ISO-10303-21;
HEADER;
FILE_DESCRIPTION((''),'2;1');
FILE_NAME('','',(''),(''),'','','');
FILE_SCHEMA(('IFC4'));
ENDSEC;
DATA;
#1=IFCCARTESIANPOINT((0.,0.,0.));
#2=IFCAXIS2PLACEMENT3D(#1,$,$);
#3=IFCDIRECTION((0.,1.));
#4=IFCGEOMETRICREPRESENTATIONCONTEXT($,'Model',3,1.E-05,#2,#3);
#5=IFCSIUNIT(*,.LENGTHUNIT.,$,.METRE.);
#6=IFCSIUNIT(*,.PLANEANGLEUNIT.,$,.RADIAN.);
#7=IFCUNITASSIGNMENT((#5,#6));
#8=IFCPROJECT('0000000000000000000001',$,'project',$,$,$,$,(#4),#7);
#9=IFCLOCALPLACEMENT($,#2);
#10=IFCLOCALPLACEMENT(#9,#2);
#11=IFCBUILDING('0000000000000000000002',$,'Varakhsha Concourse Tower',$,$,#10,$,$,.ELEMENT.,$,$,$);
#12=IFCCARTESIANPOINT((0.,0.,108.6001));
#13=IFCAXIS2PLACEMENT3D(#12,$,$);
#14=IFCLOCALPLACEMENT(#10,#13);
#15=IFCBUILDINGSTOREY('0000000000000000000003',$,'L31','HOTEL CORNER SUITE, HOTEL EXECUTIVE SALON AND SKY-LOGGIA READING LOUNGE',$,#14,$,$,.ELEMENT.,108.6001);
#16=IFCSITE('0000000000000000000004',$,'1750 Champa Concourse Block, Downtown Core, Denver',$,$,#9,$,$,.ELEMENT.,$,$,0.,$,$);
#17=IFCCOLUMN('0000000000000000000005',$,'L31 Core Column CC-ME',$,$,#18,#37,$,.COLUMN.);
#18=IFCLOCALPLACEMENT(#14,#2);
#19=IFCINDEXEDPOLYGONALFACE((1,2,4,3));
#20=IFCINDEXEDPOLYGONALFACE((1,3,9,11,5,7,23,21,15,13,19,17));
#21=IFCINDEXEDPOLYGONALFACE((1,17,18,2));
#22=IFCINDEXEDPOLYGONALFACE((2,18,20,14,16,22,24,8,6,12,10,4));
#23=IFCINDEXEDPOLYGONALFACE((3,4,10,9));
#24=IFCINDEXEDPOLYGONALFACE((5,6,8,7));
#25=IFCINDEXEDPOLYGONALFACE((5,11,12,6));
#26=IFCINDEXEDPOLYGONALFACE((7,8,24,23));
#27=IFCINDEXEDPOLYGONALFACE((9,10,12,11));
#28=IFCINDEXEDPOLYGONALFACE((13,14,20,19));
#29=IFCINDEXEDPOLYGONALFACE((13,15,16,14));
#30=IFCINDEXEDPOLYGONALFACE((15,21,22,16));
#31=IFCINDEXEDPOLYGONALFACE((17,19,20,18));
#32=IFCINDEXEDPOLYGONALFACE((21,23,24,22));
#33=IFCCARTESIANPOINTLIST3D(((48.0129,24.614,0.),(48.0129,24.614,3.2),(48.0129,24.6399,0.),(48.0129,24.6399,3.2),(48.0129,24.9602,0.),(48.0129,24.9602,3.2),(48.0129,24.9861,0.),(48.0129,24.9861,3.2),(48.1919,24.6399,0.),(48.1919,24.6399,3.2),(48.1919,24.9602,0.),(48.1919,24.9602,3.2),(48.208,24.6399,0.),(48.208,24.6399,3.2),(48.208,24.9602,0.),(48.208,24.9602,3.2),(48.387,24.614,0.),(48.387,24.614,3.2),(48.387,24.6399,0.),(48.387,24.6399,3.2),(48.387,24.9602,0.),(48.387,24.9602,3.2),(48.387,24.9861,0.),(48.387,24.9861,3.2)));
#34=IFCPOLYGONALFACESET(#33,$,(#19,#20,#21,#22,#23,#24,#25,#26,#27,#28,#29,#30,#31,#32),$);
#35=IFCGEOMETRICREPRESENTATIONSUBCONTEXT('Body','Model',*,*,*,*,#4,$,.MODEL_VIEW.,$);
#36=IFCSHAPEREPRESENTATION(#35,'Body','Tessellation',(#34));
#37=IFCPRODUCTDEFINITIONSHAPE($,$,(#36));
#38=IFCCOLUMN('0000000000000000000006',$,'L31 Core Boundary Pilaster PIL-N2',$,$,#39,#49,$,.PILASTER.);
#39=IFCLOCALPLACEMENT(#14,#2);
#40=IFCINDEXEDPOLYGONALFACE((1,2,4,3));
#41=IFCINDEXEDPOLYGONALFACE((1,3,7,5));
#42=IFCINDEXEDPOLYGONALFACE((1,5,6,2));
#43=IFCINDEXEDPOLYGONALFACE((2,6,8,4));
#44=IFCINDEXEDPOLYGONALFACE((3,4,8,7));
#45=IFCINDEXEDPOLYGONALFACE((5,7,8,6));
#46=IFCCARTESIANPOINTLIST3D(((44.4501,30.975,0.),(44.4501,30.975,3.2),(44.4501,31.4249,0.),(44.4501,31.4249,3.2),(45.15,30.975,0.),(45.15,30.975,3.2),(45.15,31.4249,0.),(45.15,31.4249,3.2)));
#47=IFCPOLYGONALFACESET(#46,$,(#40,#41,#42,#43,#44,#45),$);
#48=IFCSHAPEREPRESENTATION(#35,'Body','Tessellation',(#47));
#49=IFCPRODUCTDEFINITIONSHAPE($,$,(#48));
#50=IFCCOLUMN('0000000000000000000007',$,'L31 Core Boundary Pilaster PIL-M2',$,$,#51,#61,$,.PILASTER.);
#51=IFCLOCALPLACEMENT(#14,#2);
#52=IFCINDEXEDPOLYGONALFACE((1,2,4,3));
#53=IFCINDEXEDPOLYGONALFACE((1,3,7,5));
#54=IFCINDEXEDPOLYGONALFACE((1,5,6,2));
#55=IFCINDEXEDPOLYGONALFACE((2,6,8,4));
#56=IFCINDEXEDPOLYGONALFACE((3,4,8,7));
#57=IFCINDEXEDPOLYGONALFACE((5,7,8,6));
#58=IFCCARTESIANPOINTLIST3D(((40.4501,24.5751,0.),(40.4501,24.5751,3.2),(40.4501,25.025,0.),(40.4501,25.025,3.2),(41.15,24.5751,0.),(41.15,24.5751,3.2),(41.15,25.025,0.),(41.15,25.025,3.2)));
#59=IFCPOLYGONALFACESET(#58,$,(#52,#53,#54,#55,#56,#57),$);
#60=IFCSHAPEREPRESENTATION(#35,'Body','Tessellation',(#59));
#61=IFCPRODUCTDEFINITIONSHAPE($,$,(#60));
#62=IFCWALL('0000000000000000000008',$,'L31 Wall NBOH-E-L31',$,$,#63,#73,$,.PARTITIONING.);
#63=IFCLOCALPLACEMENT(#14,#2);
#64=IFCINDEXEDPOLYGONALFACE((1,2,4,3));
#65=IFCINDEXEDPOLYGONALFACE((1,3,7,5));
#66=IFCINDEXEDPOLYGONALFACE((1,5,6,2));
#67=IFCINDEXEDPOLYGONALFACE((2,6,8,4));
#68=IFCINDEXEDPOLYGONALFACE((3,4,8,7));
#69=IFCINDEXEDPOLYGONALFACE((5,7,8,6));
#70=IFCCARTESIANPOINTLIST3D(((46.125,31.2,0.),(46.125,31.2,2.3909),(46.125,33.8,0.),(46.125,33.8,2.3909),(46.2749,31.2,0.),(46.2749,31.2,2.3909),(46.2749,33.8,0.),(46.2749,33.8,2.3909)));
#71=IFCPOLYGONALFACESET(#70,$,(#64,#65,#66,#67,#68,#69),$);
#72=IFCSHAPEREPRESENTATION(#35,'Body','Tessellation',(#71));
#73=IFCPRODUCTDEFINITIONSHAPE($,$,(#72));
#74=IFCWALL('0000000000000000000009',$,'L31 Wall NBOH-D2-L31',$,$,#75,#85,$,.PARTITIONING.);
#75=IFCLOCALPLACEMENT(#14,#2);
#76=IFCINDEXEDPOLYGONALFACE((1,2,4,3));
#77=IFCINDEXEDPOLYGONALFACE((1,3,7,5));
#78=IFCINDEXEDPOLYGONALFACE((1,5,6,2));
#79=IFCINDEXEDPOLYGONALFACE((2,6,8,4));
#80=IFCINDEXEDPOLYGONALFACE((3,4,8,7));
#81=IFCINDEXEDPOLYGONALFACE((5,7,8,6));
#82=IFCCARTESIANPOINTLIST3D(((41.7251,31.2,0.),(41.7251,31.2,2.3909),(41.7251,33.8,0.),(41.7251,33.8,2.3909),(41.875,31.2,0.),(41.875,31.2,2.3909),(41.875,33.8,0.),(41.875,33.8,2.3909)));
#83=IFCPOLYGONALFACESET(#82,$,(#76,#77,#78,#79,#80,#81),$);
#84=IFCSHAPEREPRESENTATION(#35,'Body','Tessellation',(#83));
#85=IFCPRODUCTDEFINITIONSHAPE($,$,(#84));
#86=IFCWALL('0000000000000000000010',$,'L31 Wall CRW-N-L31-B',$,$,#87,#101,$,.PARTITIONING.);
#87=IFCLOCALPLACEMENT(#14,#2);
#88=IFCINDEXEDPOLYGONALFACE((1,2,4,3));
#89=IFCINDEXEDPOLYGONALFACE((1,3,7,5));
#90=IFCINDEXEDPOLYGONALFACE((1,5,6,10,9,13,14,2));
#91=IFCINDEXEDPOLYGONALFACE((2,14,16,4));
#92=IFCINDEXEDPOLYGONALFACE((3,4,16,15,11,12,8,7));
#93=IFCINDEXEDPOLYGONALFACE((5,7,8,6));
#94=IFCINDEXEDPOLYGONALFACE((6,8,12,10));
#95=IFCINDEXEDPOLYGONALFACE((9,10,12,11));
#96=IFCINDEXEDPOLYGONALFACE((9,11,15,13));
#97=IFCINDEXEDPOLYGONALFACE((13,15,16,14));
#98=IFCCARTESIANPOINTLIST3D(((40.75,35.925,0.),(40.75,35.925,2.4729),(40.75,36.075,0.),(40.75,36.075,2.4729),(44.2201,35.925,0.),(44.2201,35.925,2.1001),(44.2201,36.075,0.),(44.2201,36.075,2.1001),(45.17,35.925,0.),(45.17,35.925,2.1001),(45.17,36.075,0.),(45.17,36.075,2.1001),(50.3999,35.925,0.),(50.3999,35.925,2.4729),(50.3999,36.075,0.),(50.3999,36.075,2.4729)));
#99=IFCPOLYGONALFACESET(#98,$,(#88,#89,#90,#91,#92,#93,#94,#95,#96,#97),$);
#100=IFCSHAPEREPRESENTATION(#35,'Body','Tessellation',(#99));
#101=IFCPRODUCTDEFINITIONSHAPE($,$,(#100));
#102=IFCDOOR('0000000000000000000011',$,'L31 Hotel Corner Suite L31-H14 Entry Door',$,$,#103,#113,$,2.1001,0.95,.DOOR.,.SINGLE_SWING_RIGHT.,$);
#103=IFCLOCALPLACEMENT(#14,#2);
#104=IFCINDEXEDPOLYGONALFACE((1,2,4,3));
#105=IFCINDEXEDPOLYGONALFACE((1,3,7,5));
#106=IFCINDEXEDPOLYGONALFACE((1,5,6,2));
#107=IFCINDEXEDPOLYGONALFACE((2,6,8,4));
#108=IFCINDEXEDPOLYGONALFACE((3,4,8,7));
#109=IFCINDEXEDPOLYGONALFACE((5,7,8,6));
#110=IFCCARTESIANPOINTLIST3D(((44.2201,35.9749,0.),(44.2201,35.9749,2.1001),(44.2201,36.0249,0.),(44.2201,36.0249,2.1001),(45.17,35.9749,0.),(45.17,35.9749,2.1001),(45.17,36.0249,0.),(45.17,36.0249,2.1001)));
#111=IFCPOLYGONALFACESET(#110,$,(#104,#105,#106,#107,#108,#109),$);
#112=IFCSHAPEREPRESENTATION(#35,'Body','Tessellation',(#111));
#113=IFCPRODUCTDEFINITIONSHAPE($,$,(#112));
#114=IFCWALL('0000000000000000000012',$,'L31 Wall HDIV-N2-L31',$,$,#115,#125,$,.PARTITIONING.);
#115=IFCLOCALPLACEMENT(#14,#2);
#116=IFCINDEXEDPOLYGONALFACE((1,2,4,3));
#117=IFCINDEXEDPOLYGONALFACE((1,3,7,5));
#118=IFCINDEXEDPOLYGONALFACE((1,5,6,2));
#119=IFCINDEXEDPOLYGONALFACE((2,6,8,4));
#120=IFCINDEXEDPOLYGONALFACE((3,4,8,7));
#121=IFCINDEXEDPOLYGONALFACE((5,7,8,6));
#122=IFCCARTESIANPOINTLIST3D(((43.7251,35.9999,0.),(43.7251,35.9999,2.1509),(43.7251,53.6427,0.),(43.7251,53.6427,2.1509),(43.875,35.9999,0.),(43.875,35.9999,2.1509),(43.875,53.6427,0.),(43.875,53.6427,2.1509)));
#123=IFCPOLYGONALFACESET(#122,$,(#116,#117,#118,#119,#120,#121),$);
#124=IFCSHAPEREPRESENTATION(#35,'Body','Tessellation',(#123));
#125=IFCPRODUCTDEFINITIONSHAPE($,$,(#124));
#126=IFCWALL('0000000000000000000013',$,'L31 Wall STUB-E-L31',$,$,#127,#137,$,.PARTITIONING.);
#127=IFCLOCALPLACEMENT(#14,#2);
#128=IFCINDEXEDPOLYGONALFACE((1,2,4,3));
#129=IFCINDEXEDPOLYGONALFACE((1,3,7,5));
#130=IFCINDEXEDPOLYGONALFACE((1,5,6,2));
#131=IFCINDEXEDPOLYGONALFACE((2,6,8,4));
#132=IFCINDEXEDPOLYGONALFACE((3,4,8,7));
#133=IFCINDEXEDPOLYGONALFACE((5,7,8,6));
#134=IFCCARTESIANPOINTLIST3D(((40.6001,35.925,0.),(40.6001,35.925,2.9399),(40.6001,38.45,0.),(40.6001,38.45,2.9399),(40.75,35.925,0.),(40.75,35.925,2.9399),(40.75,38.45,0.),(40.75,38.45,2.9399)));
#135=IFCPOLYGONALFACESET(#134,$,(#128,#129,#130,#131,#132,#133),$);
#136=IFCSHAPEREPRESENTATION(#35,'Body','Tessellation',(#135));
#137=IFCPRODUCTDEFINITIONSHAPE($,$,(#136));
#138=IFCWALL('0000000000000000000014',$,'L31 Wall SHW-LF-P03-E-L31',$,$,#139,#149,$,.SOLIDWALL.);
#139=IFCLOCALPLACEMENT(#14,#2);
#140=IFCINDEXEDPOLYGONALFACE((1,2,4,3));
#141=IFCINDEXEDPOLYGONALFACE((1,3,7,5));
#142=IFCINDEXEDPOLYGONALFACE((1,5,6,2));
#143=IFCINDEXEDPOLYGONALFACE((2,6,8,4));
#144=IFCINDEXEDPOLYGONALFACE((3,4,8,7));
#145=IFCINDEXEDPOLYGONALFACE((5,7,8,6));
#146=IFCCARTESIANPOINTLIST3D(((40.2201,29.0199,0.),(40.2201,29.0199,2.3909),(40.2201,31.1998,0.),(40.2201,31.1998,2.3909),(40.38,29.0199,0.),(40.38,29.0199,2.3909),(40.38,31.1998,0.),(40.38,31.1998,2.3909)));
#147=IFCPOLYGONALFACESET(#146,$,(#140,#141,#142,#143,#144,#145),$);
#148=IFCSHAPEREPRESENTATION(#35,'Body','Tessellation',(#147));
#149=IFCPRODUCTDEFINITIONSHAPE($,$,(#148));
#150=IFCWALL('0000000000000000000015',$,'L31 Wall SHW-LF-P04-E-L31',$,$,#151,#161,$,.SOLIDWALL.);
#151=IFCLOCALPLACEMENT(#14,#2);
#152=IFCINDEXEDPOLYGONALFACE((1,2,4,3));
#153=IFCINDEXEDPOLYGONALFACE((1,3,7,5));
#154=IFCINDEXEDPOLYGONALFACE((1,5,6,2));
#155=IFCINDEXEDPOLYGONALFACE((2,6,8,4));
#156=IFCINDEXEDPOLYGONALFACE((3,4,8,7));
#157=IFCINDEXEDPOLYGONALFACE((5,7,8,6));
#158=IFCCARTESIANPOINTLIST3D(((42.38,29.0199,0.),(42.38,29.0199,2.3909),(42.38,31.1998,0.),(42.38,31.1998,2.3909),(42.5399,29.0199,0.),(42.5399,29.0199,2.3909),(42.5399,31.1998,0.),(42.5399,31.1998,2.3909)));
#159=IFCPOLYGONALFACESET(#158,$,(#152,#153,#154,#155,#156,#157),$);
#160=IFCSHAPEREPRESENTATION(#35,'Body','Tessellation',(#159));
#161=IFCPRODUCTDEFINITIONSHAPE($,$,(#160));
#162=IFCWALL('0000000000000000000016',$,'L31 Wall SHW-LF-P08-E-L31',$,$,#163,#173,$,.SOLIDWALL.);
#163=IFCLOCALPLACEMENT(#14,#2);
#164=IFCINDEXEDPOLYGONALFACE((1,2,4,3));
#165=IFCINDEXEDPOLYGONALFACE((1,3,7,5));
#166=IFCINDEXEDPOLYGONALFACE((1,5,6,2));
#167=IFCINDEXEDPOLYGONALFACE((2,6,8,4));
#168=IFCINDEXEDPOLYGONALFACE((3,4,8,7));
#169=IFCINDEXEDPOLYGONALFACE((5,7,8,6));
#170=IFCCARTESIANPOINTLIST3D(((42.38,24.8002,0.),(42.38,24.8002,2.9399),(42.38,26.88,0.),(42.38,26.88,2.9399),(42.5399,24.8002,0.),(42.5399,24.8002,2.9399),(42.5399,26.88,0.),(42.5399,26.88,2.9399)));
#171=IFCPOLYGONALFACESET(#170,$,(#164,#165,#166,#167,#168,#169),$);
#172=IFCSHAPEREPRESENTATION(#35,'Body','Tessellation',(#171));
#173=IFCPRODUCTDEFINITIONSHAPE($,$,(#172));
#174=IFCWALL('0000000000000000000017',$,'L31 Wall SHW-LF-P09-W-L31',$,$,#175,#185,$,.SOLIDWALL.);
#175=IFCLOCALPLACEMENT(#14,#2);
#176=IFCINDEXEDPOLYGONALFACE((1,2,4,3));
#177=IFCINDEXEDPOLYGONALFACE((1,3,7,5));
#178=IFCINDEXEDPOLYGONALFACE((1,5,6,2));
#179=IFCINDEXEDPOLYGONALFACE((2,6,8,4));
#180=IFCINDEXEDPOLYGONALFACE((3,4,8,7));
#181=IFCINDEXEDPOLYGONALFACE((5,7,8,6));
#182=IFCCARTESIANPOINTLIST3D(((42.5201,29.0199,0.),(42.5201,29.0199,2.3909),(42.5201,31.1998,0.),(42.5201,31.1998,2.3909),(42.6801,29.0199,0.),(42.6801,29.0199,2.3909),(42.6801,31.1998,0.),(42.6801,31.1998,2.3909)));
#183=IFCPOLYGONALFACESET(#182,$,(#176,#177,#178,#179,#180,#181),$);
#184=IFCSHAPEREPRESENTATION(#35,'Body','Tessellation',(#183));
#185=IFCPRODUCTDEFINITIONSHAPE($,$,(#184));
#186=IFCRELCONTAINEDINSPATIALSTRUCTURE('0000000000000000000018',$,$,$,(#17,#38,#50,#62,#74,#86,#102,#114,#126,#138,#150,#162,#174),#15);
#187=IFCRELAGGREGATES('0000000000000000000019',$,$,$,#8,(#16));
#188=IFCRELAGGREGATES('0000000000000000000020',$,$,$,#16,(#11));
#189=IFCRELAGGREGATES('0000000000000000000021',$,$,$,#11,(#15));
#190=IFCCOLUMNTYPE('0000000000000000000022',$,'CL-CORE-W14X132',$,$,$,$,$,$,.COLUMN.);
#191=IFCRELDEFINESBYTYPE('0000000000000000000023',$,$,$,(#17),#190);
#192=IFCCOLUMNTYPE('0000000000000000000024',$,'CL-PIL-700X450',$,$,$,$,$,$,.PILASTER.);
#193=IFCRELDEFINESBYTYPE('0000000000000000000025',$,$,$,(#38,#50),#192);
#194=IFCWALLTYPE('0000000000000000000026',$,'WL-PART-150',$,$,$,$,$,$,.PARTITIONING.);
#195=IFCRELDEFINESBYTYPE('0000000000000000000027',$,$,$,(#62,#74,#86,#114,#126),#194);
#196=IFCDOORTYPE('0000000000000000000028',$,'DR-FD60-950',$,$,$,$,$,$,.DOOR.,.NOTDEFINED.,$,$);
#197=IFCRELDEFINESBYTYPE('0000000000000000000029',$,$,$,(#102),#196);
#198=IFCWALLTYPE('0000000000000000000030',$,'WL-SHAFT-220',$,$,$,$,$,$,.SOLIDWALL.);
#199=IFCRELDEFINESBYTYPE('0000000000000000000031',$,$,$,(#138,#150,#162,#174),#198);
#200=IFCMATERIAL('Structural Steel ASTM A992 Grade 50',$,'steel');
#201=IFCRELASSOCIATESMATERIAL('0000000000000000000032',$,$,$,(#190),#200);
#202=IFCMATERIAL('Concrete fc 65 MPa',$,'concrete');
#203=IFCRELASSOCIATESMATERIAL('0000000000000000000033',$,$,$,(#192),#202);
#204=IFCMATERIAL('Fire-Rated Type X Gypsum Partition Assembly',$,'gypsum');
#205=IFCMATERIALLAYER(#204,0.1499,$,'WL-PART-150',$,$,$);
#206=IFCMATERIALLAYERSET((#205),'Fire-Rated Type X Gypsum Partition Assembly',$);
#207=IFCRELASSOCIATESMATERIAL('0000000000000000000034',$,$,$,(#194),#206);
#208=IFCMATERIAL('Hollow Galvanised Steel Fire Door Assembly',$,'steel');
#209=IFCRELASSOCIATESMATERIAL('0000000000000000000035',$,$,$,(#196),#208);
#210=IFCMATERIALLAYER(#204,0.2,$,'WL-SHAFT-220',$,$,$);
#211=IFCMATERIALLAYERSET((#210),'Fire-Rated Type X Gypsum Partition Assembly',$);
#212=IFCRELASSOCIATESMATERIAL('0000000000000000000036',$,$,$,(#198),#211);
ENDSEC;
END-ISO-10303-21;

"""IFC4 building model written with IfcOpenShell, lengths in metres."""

from ifc_helpers import new_model, si_unit, direction, frame, frame_2d, origin, origin_2d, place, context, subcontext, project, spatial, rectangle, i_section, extrude, material, layer, layer_set, material_profile, profile_set, type_object, element, fill, save


model = new_model("IFC4")

# Units and contexts
model_context = context("Model", 3, precision=1e-05, world=origin(), true_north=direction((0.0, 1.0)))
body_context = subcontext(model_context, "Body", "Model", "MODEL_VIEW")
ifc_project = project(units=[si_unit("LENGTHUNIT", "METRE"), si_unit("PLANEANGLEUNIT", "RADIAN")], contexts=[model_context])

# Site, building, storey
site_placement = place(None, origin())
site = spatial("IfcSite", under=ifc_project, at=site_placement, Name="1750 Champa Concourse Block, Downtown Core, Denver", CompositionType="ELEMENT", RefElevation=0.0)
building_placement = place(site_placement, origin())
building = spatial("IfcBuilding", under=site, at=building_placement, Name="Varakhsha Concourse Tower", CompositionType="ELEMENT")
storey_placement = place(building_placement, frame((0.0, 0.0, 108.6001)))
storey = spatial("IfcBuildingStorey", under=building, at=storey_placement, Name="L31", Description="HOTEL CORNER SUITE, HOTEL EXECUTIVE SALON AND SKY-LOGGIA READING LOUNGE", CompositionType="ELEMENT", Elevation=108.6001)

# Columns
ifc_material_1 = material(Name="Structural Steel ASTM A992 Grade 50", Category="steel")
ifc_material_profile_1 = material_profile(ifc_material_1, i_section(OverallWidth=0.374, OverallDepth=0.3721, WebThickness=0.0161, FlangeThickness=0.0259, at=origin_2d()), Name="W14X132")
ifc_profile_set_1 = profile_set([ifc_material_profile_1], Name="Structural Steel ASTM A992 Grade 50")
column_type_1 = type_object("IfcColumnType", Name="CL-CORE-W14X132", PredefinedType="COLUMN", material=ifc_profile_set_1)
column_placement = place(storey_placement, frame((48.2, 24.8, 0.0), z_axis=(0.0, 0.0, 1.0), x_axis=(1.0, 0.0, 0.0)))
element("IfcColumn", 1, at=column_placement, inside=storey, type_object=column_type_1, Name="L31 Core Column CC-ME", PredefinedType="COLUMN", context=body_context, shape_type="SweptSolid", body=[
    extrude(i_section(OverallWidth=0.374, OverallDepth=0.3721, WebThickness=0.0161, FlangeThickness=0.0259, at=origin_2d()), origin(), (0.0, 0.0, 1.0), 3.2),
])
ifc_material_2 = material(Name="Concrete fc 65 MPa", Category="concrete")
ifc_material_profile_2 = material_profile(ifc_material_2, rectangle(XDim=0.7, YDim=0.45, at=origin_2d()), Name="RC 700x450")
ifc_profile_set_2 = profile_set([ifc_material_profile_2], Name="Concrete fc 65 MPa")
column_type_2 = type_object("IfcColumnType", Name="CL-PIL-700X450", PredefinedType="PILASTER", material=ifc_profile_set_2)
for number, where, z_axis, x_axis, name in (
    (2, (44.8, 31.2, 0.0), (0.0, 0.0, 1.0), (1.0, 0.0, 0.0), "L31 Core Boundary Pilaster PIL-N2"),
    (3, (40.8, 24.8, 0.0), (0.0, 0.0, 1.0), (1.0, 0.0, 0.0), "L31 Core Boundary Pilaster PIL-M2"),
):
    element("IfcColumn", number, at=place(storey_placement, frame(where, z_axis=z_axis, x_axis=x_axis)), inside=storey, type_object=column_type_2, Name=name, PredefinedType="PILASTER", context=body_context, shape_type="SweptSolid", body=[
        extrude(rectangle(XDim=0.7, YDim=0.45, at=origin_2d()), origin(), (0.0, 0.0, 1.0), 3.2),
    ])

# Walls
ifc_material_3 = material(Name="Fire-Rated Type X Gypsum Partition Assembly", Category="gypsum")
ifc_layer_1 = layer(ifc_material_3, 0.1499, Name="WL-PART-150")
ifc_layer_set_1 = layer_set([ifc_layer_1], Name="Fire-Rated Type X Gypsum Partition Assembly")
wall_type_1 = type_object("IfcWallType", Name="WL-PART-150", PredefinedType="PARTITIONING", material=ifc_layer_set_1)
for number, where, z_axis, x_axis, name in (
    (4, (46.2, 31.2, 0.0), (0.0, 0.0, 1.0), (0.0, 1.0, 0.0), "L31 Wall NBOH-E-L31"),
    (5, (41.8, 31.2, 0.0), (0.0, 0.0, 1.0), (0.0, 1.0, 0.0), "L31 Wall NBOH-D2-L31"),
):
    element("IfcWall", number, at=place(storey_placement, frame(where, z_axis=z_axis, x_axis=x_axis)), inside=storey, type_object=wall_type_1, Name=name, PredefinedType="PARTITIONING", context=body_context, shape_type="SweptSolid", body=[
        extrude(rectangle(XDim=2.6001, YDim=0.1499, at=frame_2d((1.3, 0.0))), origin(), (0.0, 0.0, 1.0), 2.3909),
    ])

# Wall, opening, door
wall_1_placement = place(storey_placement, frame((40.75, 36.0, 0.0), z_axis=(0.0, 0.0, 1.0), x_axis=(1.0, 0.0, 0.0)))
wall_1 = element("IfcWall", 6, at=wall_1_placement, inside=storey, type_object=wall_type_1, Name="L31 Wall CRW-N-L31-B", PredefinedType="PARTITIONING", context=body_context, shape_type="SweptSolid", body=[
    extrude(rectangle(XDim=9.6499, YDim=0.1499, at=frame_2d((4.825, 0.0))), origin(), (0.0, 0.0, 1.0), 2.4729),
])
opening_placement = place(wall_1_placement, frame((3.47, 0.0, 0.0)))
opening = element("IfcOpeningElement", 7, at=opening_placement, cuts=wall_1, PredefinedType="OPENING", context=body_context, shape_type="SweptSolid", body=[
    extrude(rectangle(XDim=0.95, YDim=2.1001, at=frame_2d((0.4751, 1.05))), frame((0.0, 0.085, 0.0), z_axis=(0.0, -1.0, 0.0), x_axis=(1.0, 0.0, 0.0)), (0.0, 0.0, 1.0), 0.1699),
])
ifc_material_4 = material(Name="Hollow Galvanised Steel Fire Door Assembly", Category="steel")
door_type = type_object("IfcDoorType", Name="DR-FD60-950", OperationType="NOTDEFINED", PredefinedType="DOOR", material=ifc_material_4)
door_placement = place(opening_placement, origin())
door = element("IfcDoor", 8, at=door_placement, inside=storey, type_object=door_type, Name="L31 Hotel Corner Suite L31-H14 Entry Door", OperationType="SINGLE_SWING_RIGHT", OverallHeight=2.1001, OverallWidth=0.95, PredefinedType="DOOR", context=body_context, shape_type="SweptSolid", body=[
    extrude(rectangle(XDim=0.95, YDim=2.1001, at=frame_2d((0.4751, 1.05))), frame((0.0, 0.0249, 0.0), z_axis=(0.0, -1.0, 0.0), x_axis=(1.0, 0.0, 0.0)), (0.0, 0.0, 1.0), 0.05),
])
fill(opening, door)

# Walls
wall_2_placement = place(storey_placement, frame((43.8, 36.0, 0.0), z_axis=(0.0, 0.0, 1.0), x_axis=(0.0, 1.0, 0.0)))
element("IfcWall", 9, at=wall_2_placement, inside=storey, type_object=wall_type_1, Name="L31 Wall HDIV-N2-L31", PredefinedType="PARTITIONING", context=body_context, shape_type="SweptSolid", body=[
    extrude(rectangle(XDim=17.6428, YDim=0.1499, at=frame_2d((8.8213, 0.0))), origin(), (0.0, 0.0, 1.0), 2.1509),
])
wall_3_placement = place(storey_placement, frame((40.675, 35.925, 0.0), z_axis=(0.0, 0.0, 1.0), x_axis=(0.0, 1.0, 0.0)))
element("IfcWall", 10, at=wall_3_placement, inside=storey, type_object=wall_type_1, Name="L31 Wall STUB-E-L31", PredefinedType="PARTITIONING", context=body_context, shape_type="SweptSolid", body=[
    extrude(rectangle(XDim=2.5249, YDim=0.1499, at=frame_2d((1.2625, 0.0))), origin(), (0.0, 0.0, 1.0), 2.9399),
])
ifc_layer_2 = layer(ifc_material_3, 0.2, Name="WL-SHAFT-220")
ifc_layer_set_2 = layer_set([ifc_layer_2], Name="Fire-Rated Type X Gypsum Partition Assembly")
wall_type_2 = type_object("IfcWallType", Name="WL-SHAFT-220", PredefinedType="SOLIDWALL", material=ifc_layer_set_2)
for number, where, z_axis, x_axis, name in (
    (11, (40.3, 29.02, 0.0), (0.0, 0.0, 1.0), (0.0, 1.0, 0.0), "L31 Wall SHW-LF-P03-E-L31"),
    (12, (42.46, 29.02, 0.0), (0.0, 0.0, 1.0), (0.0, 1.0, 0.0), "L31 Wall SHW-LF-P04-E-L31"),
):
    element("IfcWall", number, at=place(storey_placement, frame(where, z_axis=z_axis, x_axis=x_axis)), inside=storey, type_object=wall_type_2, Name=name, PredefinedType="SOLIDWALL", context=body_context, shape_type="SweptSolid", body=[
        extrude(rectangle(XDim=2.1799, YDim=0.1599, at=frame_2d((1.0898, 0.0))), origin(), (0.0, 0.0, 1.0), 2.3909),
    ])
wall_4_placement = place(storey_placement, frame((42.46, 24.8, 0.0), z_axis=(0.0, 0.0, 1.0), x_axis=(0.0, 1.0, 0.0)))
element("IfcWall", 13, at=wall_4_placement, inside=storey, type_object=wall_type_2, Name="L31 Wall SHW-LF-P08-E-L31", PredefinedType="SOLIDWALL", context=body_context, shape_type="SweptSolid", body=[
    extrude(rectangle(XDim=2.0798, YDim=0.1599, at=frame_2d((1.04, 0.0))), origin(), (0.0, 0.0, 1.0), 2.9399),
])
for number, where, z_axis, x_axis, name in (
    (14, (42.6001, 29.02, 0.0), (0.0, 0.0, 1.0), (0.0, 1.0, 0.0), "L31 Wall SHW-LF-P09-W-L31"),
):
    element("IfcWall", number, at=place(storey_placement, frame(where, z_axis=z_axis, x_axis=x_axis)), inside=storey, type_object=wall_type_2, Name=name, PredefinedType="SOLIDWALL", context=body_context, shape_type="SweptSolid", body=[
        extrude(rectangle(XDim=2.1799, YDim=0.1599, at=frame_2d((1.0898, 0.0))), origin(), (0.0, 0.0, 1.0), 2.3909),
    ])

save(model, "model.ifc")
